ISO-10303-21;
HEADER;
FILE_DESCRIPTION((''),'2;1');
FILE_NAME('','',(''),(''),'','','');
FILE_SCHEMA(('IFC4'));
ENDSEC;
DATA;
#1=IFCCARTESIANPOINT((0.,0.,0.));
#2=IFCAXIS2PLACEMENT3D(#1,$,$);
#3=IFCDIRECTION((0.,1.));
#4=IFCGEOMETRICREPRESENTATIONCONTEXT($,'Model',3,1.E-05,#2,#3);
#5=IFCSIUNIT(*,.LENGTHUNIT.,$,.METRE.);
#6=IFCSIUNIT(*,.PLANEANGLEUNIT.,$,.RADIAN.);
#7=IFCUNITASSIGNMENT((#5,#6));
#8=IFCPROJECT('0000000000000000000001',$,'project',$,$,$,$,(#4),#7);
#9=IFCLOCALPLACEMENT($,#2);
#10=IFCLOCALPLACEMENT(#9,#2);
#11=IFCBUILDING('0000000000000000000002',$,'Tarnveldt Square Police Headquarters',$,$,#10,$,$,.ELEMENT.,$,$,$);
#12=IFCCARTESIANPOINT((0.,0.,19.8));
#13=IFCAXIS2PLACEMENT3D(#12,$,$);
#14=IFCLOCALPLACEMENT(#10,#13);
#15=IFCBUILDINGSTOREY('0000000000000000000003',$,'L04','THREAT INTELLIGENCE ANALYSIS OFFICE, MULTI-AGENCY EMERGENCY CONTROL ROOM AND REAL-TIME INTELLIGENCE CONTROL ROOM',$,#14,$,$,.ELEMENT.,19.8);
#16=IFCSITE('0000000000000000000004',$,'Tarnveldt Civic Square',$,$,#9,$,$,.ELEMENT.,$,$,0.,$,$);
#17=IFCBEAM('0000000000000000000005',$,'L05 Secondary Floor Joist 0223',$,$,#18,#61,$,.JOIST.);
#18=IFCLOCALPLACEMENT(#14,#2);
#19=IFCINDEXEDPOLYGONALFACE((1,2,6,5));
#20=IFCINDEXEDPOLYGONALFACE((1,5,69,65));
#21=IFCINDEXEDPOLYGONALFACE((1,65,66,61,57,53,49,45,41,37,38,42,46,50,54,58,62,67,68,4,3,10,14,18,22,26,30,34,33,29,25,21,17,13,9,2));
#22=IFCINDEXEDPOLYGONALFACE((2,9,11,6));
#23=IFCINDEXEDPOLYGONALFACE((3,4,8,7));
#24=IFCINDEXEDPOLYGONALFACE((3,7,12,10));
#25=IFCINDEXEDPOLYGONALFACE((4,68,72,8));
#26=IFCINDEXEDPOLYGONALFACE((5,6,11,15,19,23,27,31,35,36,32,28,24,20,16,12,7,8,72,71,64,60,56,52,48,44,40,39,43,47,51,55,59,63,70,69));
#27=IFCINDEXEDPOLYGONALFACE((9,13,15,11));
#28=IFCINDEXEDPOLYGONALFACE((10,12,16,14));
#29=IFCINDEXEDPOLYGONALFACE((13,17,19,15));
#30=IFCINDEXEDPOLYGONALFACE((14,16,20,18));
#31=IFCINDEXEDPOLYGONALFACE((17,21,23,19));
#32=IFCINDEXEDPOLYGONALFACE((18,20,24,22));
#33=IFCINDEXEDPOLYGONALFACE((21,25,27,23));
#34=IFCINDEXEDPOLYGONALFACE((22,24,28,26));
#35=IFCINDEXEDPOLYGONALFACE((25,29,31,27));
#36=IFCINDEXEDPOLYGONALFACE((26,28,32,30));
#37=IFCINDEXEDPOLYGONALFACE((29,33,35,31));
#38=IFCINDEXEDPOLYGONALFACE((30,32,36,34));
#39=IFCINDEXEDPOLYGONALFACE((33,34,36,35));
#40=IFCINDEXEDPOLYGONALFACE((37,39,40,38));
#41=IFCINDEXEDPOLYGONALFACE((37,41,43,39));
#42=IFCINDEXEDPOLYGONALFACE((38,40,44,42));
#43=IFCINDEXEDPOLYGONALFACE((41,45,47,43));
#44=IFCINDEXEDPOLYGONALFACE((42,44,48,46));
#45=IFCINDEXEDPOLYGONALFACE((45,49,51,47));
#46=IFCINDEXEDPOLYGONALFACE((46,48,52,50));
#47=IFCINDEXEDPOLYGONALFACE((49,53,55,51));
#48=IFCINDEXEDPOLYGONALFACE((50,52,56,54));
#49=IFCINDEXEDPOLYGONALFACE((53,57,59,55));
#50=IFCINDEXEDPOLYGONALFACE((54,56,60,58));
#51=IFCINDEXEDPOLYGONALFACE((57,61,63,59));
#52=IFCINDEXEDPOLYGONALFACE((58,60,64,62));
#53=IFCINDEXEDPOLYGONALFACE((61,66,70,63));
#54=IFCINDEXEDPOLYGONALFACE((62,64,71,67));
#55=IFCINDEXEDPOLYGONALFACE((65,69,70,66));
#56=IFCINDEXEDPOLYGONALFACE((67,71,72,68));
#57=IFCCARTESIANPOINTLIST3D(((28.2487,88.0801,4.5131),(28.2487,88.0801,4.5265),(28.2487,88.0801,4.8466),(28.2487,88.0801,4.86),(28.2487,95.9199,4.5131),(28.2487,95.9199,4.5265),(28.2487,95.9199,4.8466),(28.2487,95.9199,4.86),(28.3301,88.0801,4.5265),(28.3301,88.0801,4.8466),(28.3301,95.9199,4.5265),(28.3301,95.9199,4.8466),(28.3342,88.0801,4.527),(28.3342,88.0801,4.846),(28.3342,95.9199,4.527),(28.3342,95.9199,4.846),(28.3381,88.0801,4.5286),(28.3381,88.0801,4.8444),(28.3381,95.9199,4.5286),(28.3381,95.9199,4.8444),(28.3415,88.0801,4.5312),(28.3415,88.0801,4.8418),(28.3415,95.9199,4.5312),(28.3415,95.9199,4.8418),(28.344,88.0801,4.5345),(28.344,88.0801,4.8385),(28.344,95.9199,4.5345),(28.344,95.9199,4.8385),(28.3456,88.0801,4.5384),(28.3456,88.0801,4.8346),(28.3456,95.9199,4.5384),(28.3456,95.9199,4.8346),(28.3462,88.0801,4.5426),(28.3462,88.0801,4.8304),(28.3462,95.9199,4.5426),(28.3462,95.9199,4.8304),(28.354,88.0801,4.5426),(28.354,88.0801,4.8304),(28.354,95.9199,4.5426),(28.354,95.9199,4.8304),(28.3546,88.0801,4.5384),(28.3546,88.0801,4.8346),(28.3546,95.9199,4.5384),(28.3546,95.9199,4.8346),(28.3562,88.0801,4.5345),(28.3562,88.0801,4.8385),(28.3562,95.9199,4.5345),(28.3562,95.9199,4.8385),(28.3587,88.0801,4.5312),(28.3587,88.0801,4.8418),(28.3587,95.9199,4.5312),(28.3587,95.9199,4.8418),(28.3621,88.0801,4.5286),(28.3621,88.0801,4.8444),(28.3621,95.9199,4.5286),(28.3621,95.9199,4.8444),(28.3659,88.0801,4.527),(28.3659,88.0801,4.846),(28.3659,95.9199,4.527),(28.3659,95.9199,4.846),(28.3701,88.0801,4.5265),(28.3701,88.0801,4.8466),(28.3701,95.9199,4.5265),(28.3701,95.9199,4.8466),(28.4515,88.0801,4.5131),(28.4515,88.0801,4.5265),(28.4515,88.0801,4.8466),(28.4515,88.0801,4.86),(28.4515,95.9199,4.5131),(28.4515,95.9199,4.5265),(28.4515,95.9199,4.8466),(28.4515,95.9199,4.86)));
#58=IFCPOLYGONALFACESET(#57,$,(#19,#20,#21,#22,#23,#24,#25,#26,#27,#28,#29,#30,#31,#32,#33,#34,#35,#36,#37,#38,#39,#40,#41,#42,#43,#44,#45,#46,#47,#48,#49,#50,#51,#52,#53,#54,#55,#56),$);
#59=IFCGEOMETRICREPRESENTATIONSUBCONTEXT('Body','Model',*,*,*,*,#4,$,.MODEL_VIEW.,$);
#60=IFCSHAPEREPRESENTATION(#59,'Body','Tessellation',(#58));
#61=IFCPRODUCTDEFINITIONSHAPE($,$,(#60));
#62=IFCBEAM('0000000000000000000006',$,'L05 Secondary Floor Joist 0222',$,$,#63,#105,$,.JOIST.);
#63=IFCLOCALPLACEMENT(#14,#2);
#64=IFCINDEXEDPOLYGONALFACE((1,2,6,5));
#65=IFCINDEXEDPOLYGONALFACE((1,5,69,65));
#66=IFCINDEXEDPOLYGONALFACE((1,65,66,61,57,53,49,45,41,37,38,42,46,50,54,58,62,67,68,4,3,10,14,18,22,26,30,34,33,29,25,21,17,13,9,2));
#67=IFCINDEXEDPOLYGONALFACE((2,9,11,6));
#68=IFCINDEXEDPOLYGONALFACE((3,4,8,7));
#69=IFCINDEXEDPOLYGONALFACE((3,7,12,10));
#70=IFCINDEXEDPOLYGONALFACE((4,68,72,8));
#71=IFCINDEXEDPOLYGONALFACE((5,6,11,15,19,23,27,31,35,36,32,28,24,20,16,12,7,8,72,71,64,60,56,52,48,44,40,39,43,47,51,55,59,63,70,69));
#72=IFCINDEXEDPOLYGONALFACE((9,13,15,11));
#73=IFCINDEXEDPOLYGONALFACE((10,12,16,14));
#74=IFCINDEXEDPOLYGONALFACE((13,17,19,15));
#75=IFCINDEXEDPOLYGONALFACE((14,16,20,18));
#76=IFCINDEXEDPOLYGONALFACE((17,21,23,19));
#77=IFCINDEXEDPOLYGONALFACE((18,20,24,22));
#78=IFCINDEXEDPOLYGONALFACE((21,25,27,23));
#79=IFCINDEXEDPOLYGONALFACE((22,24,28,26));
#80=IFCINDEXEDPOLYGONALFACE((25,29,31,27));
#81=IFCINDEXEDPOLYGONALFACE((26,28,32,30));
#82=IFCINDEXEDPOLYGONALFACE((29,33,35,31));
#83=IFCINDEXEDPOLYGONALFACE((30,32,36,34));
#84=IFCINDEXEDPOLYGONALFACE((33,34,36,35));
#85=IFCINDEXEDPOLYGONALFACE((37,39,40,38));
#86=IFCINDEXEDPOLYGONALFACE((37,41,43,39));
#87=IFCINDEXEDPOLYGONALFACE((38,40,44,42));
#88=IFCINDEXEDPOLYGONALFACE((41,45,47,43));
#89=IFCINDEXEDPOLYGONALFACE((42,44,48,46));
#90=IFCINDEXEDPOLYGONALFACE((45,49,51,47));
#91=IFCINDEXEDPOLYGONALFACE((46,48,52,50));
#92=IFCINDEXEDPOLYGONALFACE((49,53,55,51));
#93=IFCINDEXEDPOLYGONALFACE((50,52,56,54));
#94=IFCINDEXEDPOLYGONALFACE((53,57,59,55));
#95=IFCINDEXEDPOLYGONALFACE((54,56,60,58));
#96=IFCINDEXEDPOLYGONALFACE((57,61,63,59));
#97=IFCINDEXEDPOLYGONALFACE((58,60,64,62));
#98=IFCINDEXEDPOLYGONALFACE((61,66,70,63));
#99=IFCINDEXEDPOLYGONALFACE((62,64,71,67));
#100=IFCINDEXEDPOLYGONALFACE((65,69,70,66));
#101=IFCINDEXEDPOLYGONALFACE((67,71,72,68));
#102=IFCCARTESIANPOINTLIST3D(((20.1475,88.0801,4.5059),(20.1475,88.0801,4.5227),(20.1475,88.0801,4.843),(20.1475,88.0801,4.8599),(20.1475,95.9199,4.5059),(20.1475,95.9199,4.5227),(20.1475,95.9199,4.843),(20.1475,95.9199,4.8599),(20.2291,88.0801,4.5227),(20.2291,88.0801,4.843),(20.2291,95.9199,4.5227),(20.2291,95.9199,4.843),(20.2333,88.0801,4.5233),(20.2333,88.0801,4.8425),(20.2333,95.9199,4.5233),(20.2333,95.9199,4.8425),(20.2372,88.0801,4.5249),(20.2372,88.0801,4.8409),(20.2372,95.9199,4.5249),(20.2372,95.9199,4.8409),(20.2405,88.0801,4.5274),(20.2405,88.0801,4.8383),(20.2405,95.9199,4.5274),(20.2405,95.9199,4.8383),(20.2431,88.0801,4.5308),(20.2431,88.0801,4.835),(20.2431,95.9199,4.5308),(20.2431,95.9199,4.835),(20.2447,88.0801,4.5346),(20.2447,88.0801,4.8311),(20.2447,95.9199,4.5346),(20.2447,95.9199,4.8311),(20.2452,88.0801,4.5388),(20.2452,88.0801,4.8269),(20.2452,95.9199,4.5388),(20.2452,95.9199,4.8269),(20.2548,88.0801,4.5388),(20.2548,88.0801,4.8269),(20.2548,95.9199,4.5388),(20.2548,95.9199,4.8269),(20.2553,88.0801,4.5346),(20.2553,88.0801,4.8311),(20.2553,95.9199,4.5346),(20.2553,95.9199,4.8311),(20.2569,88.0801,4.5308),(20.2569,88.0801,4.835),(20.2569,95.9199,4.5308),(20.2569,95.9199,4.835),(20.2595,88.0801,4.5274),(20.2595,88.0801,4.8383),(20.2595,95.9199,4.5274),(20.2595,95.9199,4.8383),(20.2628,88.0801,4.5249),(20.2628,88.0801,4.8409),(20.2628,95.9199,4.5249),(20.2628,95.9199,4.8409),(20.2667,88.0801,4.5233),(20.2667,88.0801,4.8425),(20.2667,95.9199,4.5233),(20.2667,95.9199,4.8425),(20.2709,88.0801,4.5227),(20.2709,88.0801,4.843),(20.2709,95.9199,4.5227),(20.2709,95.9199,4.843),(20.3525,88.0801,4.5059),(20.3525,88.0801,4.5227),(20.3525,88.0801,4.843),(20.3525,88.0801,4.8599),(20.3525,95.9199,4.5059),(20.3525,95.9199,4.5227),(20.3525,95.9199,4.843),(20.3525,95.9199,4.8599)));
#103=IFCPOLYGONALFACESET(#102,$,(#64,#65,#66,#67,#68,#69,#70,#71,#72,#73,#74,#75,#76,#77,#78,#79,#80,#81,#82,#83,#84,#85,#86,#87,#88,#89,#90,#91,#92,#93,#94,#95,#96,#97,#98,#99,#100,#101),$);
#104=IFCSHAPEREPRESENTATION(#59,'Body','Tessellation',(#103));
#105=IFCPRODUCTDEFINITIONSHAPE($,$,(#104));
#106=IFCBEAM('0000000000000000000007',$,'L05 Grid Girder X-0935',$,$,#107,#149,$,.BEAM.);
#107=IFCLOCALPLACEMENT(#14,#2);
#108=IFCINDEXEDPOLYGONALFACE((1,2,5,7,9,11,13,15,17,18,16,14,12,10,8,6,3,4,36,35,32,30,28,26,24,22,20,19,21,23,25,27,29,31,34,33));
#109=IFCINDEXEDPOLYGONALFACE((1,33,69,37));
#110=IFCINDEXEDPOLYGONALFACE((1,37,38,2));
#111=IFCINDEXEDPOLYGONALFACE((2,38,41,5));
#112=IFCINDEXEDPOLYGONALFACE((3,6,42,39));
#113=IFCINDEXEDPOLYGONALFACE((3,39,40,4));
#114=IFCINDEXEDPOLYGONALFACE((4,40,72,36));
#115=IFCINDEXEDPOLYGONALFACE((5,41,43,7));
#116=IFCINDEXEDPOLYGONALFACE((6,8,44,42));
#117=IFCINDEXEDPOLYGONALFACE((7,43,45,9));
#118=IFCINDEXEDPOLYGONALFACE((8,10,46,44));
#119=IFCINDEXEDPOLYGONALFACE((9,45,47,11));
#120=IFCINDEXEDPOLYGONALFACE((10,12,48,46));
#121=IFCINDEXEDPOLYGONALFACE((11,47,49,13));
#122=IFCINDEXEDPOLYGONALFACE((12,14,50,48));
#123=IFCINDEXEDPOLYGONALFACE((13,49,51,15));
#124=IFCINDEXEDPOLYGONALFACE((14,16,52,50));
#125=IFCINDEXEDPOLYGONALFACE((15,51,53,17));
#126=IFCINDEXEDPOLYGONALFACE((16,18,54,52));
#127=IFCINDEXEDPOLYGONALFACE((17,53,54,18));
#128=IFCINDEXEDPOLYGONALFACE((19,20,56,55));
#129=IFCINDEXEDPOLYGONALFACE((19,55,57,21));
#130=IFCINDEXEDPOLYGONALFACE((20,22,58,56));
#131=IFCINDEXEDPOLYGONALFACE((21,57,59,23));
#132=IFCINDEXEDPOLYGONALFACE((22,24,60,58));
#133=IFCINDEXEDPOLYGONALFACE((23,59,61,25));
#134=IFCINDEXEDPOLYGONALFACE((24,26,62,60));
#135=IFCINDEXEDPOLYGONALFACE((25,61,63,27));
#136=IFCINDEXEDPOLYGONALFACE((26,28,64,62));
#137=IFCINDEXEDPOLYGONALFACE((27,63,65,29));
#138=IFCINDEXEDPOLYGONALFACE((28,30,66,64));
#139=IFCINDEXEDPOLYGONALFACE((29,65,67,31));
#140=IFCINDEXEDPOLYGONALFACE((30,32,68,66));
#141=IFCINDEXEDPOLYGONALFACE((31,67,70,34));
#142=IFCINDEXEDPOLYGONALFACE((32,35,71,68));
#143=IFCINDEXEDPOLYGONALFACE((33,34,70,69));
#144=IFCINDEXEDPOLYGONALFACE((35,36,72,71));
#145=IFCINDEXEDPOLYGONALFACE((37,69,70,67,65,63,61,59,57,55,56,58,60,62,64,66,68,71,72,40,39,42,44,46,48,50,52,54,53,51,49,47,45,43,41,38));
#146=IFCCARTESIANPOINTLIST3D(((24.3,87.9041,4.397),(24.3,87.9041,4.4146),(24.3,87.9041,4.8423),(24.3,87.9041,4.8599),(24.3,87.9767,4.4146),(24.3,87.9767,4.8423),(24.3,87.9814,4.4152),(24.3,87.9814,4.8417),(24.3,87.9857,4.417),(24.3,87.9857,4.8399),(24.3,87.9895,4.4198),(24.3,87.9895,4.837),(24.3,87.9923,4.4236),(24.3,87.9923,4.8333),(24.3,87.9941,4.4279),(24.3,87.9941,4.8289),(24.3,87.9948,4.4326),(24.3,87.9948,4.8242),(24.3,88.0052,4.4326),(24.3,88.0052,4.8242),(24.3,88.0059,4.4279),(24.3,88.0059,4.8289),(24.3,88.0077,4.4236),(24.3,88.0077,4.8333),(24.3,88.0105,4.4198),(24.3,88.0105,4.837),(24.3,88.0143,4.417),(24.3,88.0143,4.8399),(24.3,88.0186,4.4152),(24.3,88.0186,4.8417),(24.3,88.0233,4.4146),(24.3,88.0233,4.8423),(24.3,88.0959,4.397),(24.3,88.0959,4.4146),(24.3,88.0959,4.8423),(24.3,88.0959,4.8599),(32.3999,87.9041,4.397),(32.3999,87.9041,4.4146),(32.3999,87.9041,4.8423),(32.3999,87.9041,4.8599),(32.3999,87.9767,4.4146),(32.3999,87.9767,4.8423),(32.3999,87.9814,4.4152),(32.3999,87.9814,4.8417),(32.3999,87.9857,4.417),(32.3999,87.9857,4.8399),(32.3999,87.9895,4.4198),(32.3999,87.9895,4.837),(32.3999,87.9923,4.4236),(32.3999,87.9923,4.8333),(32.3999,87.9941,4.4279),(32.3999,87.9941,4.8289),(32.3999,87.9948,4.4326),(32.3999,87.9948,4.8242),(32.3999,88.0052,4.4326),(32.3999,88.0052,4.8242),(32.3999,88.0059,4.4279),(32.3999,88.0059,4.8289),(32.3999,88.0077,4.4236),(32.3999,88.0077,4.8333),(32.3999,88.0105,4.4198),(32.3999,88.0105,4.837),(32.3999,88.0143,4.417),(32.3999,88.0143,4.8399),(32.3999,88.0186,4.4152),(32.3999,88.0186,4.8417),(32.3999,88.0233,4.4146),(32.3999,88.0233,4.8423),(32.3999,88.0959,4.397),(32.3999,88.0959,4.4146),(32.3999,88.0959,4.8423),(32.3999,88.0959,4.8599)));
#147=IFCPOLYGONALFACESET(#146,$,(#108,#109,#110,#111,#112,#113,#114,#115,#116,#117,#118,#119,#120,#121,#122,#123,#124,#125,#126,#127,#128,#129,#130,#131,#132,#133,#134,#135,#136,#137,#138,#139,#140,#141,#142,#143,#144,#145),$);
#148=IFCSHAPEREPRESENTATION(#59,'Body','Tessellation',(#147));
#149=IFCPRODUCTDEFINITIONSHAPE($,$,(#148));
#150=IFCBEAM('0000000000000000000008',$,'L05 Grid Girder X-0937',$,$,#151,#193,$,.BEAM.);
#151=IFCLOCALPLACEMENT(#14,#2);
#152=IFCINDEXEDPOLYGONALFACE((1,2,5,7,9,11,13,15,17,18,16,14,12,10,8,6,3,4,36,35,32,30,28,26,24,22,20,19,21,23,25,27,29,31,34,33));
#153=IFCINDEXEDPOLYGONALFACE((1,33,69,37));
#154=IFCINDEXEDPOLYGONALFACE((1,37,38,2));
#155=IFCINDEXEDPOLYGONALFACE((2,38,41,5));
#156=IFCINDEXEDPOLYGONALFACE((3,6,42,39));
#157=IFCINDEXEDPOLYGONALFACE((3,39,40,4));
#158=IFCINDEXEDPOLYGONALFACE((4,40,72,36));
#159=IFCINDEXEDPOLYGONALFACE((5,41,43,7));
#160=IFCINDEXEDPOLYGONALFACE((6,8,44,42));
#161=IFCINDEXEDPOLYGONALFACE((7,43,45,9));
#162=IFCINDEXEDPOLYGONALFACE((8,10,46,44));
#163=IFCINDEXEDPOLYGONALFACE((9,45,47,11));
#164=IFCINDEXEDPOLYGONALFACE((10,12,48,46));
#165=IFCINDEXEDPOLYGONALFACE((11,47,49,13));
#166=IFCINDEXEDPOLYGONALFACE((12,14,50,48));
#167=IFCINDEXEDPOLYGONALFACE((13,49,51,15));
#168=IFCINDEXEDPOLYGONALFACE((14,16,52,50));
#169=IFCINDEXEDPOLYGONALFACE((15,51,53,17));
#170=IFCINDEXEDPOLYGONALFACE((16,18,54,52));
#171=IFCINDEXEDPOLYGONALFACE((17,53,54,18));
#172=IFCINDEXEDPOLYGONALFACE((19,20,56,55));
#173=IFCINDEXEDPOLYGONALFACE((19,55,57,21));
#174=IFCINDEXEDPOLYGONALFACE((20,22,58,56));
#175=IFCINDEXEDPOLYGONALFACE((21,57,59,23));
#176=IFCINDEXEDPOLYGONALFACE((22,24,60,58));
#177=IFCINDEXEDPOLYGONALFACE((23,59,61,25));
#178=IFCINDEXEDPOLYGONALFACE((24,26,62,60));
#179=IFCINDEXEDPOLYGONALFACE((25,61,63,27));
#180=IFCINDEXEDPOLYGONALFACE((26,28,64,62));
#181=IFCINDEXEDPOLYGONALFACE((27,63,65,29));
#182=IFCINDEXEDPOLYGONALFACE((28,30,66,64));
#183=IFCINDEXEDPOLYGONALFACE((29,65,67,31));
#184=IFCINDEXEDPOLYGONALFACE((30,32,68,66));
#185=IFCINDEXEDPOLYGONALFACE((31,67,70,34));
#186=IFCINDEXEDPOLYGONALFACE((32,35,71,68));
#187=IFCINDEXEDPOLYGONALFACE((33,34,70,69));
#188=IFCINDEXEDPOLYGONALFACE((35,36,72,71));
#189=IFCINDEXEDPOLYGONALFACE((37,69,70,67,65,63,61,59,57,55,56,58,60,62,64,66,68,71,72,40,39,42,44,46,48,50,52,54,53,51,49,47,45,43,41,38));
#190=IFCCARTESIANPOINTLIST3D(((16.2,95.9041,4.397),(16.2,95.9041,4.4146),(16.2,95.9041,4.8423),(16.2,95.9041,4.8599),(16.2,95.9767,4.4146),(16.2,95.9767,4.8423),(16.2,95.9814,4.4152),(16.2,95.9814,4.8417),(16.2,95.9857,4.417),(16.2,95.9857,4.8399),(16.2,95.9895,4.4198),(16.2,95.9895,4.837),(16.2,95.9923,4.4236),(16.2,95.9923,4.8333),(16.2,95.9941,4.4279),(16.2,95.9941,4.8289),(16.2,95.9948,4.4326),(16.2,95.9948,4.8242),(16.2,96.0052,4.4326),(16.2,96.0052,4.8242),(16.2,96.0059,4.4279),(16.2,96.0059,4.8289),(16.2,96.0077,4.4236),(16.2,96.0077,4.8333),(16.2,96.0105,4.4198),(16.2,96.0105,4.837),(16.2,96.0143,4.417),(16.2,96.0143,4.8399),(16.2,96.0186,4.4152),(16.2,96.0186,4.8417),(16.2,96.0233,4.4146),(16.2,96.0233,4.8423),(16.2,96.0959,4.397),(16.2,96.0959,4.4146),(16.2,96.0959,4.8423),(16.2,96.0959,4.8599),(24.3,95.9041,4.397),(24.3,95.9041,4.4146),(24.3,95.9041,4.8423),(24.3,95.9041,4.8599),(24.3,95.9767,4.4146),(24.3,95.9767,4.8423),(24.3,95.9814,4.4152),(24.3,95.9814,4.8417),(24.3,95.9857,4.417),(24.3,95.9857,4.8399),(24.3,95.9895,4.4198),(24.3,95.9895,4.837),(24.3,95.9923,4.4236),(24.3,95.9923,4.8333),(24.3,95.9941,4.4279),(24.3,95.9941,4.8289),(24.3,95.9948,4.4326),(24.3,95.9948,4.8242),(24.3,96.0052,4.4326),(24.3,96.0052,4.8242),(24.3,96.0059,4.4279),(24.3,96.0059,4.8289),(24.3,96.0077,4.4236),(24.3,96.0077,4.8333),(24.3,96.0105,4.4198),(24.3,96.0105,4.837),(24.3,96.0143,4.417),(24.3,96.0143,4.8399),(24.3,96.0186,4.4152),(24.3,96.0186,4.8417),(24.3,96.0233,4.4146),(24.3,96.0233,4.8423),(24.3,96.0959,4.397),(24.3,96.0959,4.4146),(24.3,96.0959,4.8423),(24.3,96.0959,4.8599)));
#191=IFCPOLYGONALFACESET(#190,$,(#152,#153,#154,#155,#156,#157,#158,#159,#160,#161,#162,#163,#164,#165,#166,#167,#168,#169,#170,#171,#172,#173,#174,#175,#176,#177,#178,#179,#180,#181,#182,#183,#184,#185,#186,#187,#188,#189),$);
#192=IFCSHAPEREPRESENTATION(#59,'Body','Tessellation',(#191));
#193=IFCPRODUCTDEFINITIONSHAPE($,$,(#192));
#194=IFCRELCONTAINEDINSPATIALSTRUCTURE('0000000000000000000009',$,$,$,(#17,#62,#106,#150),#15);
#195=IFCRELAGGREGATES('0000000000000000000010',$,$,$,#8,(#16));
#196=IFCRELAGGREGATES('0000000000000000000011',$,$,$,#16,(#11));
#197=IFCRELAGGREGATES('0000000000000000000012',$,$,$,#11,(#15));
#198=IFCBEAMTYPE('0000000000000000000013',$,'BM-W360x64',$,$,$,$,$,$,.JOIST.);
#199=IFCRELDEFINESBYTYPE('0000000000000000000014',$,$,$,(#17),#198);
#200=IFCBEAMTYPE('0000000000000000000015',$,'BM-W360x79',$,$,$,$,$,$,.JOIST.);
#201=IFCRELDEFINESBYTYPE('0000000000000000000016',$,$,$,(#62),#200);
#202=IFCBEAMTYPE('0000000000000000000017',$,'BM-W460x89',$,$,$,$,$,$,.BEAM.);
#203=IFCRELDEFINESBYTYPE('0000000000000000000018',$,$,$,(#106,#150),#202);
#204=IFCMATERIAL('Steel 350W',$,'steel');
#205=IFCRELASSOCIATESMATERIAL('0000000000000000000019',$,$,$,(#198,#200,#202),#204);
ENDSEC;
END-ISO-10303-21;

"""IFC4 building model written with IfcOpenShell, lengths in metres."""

from ifc_helpers import new_model, si_unit, direction, frame, origin, origin_2d, place, context, subcontext, project, spatial, i_section, extrude, material, material_profile, profile_set, type_object, element, save


model = new_model("IFC4")

# Units and contexts
model_context = context("Model", 3, precision=1e-05, world=origin(), true_north=direction((0.0, 1.0)))
body_context = subcontext(model_context, "Body", "Model", "MODEL_VIEW")
ifc_project = project(units=[si_unit("LENGTHUNIT", "METRE"), si_unit("PLANEANGLEUNIT", "RADIAN")], contexts=[model_context])

# Site, building, storey
site_placement = place(None, origin())
site = spatial("IfcSite", under=ifc_project, at=site_placement, Name="Tarnveldt Civic Square", CompositionType="ELEMENT", RefElevation=0.0)
building_placement = place(site_placement, origin())
building = spatial("IfcBuilding", under=site, at=building_placement, Name="Tarnveldt Square Police Headquarters", CompositionType="ELEMENT")
storey_placement = place(building_placement, frame((0.0, 0.0, 19.8)))
storey = spatial("IfcBuildingStorey", under=building, at=storey_placement, Name="L04", Description="THREAT INTELLIGENCE ANALYSIS OFFICE, MULTI-AGENCY EMERGENCY CONTROL ROOM AND REAL-TIME INTELLIGENCE CONTROL ROOM", CompositionType="ELEMENT", Elevation=19.8)

# Beams
ifc_material_1 = material(Name="Steel 350W", Category="steel")
ifc_material_profile_1 = material_profile(ifc_material_1, i_section(OverallWidth=0.2029, OverallDepth=0.3469, WebThickness=0.0078, FlangeThickness=0.0134, FilletRadius=0.0161, at=origin_2d()), Name="W360x64")
ifc_profile_set_1 = profile_set([ifc_material_profile_1], Name="Steel 350W")
beam_type_1 = type_object("IfcBeamType", Name="BM-W360x64", PredefinedType="JOIST", material=ifc_profile_set_1)
for number, where, z_axis, x_axis, name in (
    (1, (28.3501, 88.0801, 4.6865), (0.0, 1.0, 0.0), (-1.0, 0.0, 0.0), "L05 Secondary Floor Joist 0223"),
):
    element("IfcBeam", number, at=place(storey_placement, frame(where, z_axis=z_axis, x_axis=x_axis)), inside=storey, type_object=beam_type_1, Name=name, PredefinedType="JOIST", context=body_context, shape_type="SweptSolid", body=[
        extrude(i_section(OverallWidth=0.2029, OverallDepth=0.3469, WebThickness=0.0078, FlangeThickness=0.0134, FilletRadius=0.0161, at=origin_2d()), origin(), (0.0, 0.0, 1.0), 7.8398),
    ])
ifc_material_profile_2 = material_profile(ifc_material_1, i_section(OverallWidth=0.2051, OverallDepth=0.354, WebThickness=0.0095, FlangeThickness=0.0168, FilletRadius=0.0161, at=origin_2d()), Name="W360x79")
ifc_profile_set_2 = profile_set([ifc_material_profile_2], Name="Steel 350W")
beam_type_2 = type_object("IfcBeamType", Name="BM-W360x79", PredefinedType="JOIST", material=ifc_profile_set_2)
beam_1_placement = place(storey_placement, frame((20.25, 88.0801, 4.6829), z_axis=(0.0, 1.0, 0.0), x_axis=(-1.0, 0.0, 0.0)))
element("IfcBeam", 2, at=beam_1_placement, inside=storey, type_object=beam_type_2, Name="L05 Secondary Floor Joist 0222", PredefinedType="JOIST", context=body_context, shape_type="SweptSolid", body=[
    extrude(i_section(OverallWidth=0.2051, OverallDepth=0.354, WebThickness=0.0095, FlangeThickness=0.0168, FilletRadius=0.0161, at=origin_2d()), origin(), (0.0, 0.0, 1.0), 7.8398),
])
ifc_material_profile_3 = material_profile(ifc_material_1, i_section(OverallWidth=0.1919, OverallDepth=0.4629, WebThickness=0.0105, FlangeThickness=0.0176, FilletRadius=0.0181, at=origin_2d()), Name="W460x89")
ifc_profile_set_3 = profile_set([ifc_material_profile_3], Name="Steel 350W")
beam_type_3 = type_object("IfcBeamType", Name="BM-W460x89", PredefinedType="BEAM", material=ifc_profile_set_3)
beam_2_placement = place(storey_placement, frame((24.3, 88.0, 4.6284), z_axis=(1.0, 0.0, 0.0), x_axis=(0.0, 1.0, 0.0)))
element("IfcBeam", 3, at=beam_2_placement, inside=storey, type_object=beam_type_3, Name="L05 Grid Girder X-0935", PredefinedType="BEAM", context=body_context, shape_type="SweptSolid", body=[
    extrude(i_section(OverallWidth=0.1919, OverallDepth=0.4629, WebThickness=0.0105, FlangeThickness=0.0176, FilletRadius=0.0181, at=origin_2d()), origin(), (0.0, 0.0, 1.0), 8.0999),
])
beam_3_placement = place(storey_placement, frame((16.2, 96.0, 4.6284), z_axis=(1.0, 0.0, 0.0), x_axis=(0.0, 1.0, 0.0)))
element("IfcBeam", 4, at=beam_3_placement, inside=storey, type_object=beam_type_3, Name="L05 Grid Girder X-0937", PredefinedType="BEAM", context=body_context, shape_type="SweptSolid", body=[
    extrude(i_section(OverallWidth=0.1919, OverallDepth=0.4629, WebThickness=0.0105, FlangeThickness=0.0176, FilletRadius=0.0181, at=origin_2d()), origin(), (0.0, 0.0, 1.0), 8.1001),
])

save(model, "model.ifc")
